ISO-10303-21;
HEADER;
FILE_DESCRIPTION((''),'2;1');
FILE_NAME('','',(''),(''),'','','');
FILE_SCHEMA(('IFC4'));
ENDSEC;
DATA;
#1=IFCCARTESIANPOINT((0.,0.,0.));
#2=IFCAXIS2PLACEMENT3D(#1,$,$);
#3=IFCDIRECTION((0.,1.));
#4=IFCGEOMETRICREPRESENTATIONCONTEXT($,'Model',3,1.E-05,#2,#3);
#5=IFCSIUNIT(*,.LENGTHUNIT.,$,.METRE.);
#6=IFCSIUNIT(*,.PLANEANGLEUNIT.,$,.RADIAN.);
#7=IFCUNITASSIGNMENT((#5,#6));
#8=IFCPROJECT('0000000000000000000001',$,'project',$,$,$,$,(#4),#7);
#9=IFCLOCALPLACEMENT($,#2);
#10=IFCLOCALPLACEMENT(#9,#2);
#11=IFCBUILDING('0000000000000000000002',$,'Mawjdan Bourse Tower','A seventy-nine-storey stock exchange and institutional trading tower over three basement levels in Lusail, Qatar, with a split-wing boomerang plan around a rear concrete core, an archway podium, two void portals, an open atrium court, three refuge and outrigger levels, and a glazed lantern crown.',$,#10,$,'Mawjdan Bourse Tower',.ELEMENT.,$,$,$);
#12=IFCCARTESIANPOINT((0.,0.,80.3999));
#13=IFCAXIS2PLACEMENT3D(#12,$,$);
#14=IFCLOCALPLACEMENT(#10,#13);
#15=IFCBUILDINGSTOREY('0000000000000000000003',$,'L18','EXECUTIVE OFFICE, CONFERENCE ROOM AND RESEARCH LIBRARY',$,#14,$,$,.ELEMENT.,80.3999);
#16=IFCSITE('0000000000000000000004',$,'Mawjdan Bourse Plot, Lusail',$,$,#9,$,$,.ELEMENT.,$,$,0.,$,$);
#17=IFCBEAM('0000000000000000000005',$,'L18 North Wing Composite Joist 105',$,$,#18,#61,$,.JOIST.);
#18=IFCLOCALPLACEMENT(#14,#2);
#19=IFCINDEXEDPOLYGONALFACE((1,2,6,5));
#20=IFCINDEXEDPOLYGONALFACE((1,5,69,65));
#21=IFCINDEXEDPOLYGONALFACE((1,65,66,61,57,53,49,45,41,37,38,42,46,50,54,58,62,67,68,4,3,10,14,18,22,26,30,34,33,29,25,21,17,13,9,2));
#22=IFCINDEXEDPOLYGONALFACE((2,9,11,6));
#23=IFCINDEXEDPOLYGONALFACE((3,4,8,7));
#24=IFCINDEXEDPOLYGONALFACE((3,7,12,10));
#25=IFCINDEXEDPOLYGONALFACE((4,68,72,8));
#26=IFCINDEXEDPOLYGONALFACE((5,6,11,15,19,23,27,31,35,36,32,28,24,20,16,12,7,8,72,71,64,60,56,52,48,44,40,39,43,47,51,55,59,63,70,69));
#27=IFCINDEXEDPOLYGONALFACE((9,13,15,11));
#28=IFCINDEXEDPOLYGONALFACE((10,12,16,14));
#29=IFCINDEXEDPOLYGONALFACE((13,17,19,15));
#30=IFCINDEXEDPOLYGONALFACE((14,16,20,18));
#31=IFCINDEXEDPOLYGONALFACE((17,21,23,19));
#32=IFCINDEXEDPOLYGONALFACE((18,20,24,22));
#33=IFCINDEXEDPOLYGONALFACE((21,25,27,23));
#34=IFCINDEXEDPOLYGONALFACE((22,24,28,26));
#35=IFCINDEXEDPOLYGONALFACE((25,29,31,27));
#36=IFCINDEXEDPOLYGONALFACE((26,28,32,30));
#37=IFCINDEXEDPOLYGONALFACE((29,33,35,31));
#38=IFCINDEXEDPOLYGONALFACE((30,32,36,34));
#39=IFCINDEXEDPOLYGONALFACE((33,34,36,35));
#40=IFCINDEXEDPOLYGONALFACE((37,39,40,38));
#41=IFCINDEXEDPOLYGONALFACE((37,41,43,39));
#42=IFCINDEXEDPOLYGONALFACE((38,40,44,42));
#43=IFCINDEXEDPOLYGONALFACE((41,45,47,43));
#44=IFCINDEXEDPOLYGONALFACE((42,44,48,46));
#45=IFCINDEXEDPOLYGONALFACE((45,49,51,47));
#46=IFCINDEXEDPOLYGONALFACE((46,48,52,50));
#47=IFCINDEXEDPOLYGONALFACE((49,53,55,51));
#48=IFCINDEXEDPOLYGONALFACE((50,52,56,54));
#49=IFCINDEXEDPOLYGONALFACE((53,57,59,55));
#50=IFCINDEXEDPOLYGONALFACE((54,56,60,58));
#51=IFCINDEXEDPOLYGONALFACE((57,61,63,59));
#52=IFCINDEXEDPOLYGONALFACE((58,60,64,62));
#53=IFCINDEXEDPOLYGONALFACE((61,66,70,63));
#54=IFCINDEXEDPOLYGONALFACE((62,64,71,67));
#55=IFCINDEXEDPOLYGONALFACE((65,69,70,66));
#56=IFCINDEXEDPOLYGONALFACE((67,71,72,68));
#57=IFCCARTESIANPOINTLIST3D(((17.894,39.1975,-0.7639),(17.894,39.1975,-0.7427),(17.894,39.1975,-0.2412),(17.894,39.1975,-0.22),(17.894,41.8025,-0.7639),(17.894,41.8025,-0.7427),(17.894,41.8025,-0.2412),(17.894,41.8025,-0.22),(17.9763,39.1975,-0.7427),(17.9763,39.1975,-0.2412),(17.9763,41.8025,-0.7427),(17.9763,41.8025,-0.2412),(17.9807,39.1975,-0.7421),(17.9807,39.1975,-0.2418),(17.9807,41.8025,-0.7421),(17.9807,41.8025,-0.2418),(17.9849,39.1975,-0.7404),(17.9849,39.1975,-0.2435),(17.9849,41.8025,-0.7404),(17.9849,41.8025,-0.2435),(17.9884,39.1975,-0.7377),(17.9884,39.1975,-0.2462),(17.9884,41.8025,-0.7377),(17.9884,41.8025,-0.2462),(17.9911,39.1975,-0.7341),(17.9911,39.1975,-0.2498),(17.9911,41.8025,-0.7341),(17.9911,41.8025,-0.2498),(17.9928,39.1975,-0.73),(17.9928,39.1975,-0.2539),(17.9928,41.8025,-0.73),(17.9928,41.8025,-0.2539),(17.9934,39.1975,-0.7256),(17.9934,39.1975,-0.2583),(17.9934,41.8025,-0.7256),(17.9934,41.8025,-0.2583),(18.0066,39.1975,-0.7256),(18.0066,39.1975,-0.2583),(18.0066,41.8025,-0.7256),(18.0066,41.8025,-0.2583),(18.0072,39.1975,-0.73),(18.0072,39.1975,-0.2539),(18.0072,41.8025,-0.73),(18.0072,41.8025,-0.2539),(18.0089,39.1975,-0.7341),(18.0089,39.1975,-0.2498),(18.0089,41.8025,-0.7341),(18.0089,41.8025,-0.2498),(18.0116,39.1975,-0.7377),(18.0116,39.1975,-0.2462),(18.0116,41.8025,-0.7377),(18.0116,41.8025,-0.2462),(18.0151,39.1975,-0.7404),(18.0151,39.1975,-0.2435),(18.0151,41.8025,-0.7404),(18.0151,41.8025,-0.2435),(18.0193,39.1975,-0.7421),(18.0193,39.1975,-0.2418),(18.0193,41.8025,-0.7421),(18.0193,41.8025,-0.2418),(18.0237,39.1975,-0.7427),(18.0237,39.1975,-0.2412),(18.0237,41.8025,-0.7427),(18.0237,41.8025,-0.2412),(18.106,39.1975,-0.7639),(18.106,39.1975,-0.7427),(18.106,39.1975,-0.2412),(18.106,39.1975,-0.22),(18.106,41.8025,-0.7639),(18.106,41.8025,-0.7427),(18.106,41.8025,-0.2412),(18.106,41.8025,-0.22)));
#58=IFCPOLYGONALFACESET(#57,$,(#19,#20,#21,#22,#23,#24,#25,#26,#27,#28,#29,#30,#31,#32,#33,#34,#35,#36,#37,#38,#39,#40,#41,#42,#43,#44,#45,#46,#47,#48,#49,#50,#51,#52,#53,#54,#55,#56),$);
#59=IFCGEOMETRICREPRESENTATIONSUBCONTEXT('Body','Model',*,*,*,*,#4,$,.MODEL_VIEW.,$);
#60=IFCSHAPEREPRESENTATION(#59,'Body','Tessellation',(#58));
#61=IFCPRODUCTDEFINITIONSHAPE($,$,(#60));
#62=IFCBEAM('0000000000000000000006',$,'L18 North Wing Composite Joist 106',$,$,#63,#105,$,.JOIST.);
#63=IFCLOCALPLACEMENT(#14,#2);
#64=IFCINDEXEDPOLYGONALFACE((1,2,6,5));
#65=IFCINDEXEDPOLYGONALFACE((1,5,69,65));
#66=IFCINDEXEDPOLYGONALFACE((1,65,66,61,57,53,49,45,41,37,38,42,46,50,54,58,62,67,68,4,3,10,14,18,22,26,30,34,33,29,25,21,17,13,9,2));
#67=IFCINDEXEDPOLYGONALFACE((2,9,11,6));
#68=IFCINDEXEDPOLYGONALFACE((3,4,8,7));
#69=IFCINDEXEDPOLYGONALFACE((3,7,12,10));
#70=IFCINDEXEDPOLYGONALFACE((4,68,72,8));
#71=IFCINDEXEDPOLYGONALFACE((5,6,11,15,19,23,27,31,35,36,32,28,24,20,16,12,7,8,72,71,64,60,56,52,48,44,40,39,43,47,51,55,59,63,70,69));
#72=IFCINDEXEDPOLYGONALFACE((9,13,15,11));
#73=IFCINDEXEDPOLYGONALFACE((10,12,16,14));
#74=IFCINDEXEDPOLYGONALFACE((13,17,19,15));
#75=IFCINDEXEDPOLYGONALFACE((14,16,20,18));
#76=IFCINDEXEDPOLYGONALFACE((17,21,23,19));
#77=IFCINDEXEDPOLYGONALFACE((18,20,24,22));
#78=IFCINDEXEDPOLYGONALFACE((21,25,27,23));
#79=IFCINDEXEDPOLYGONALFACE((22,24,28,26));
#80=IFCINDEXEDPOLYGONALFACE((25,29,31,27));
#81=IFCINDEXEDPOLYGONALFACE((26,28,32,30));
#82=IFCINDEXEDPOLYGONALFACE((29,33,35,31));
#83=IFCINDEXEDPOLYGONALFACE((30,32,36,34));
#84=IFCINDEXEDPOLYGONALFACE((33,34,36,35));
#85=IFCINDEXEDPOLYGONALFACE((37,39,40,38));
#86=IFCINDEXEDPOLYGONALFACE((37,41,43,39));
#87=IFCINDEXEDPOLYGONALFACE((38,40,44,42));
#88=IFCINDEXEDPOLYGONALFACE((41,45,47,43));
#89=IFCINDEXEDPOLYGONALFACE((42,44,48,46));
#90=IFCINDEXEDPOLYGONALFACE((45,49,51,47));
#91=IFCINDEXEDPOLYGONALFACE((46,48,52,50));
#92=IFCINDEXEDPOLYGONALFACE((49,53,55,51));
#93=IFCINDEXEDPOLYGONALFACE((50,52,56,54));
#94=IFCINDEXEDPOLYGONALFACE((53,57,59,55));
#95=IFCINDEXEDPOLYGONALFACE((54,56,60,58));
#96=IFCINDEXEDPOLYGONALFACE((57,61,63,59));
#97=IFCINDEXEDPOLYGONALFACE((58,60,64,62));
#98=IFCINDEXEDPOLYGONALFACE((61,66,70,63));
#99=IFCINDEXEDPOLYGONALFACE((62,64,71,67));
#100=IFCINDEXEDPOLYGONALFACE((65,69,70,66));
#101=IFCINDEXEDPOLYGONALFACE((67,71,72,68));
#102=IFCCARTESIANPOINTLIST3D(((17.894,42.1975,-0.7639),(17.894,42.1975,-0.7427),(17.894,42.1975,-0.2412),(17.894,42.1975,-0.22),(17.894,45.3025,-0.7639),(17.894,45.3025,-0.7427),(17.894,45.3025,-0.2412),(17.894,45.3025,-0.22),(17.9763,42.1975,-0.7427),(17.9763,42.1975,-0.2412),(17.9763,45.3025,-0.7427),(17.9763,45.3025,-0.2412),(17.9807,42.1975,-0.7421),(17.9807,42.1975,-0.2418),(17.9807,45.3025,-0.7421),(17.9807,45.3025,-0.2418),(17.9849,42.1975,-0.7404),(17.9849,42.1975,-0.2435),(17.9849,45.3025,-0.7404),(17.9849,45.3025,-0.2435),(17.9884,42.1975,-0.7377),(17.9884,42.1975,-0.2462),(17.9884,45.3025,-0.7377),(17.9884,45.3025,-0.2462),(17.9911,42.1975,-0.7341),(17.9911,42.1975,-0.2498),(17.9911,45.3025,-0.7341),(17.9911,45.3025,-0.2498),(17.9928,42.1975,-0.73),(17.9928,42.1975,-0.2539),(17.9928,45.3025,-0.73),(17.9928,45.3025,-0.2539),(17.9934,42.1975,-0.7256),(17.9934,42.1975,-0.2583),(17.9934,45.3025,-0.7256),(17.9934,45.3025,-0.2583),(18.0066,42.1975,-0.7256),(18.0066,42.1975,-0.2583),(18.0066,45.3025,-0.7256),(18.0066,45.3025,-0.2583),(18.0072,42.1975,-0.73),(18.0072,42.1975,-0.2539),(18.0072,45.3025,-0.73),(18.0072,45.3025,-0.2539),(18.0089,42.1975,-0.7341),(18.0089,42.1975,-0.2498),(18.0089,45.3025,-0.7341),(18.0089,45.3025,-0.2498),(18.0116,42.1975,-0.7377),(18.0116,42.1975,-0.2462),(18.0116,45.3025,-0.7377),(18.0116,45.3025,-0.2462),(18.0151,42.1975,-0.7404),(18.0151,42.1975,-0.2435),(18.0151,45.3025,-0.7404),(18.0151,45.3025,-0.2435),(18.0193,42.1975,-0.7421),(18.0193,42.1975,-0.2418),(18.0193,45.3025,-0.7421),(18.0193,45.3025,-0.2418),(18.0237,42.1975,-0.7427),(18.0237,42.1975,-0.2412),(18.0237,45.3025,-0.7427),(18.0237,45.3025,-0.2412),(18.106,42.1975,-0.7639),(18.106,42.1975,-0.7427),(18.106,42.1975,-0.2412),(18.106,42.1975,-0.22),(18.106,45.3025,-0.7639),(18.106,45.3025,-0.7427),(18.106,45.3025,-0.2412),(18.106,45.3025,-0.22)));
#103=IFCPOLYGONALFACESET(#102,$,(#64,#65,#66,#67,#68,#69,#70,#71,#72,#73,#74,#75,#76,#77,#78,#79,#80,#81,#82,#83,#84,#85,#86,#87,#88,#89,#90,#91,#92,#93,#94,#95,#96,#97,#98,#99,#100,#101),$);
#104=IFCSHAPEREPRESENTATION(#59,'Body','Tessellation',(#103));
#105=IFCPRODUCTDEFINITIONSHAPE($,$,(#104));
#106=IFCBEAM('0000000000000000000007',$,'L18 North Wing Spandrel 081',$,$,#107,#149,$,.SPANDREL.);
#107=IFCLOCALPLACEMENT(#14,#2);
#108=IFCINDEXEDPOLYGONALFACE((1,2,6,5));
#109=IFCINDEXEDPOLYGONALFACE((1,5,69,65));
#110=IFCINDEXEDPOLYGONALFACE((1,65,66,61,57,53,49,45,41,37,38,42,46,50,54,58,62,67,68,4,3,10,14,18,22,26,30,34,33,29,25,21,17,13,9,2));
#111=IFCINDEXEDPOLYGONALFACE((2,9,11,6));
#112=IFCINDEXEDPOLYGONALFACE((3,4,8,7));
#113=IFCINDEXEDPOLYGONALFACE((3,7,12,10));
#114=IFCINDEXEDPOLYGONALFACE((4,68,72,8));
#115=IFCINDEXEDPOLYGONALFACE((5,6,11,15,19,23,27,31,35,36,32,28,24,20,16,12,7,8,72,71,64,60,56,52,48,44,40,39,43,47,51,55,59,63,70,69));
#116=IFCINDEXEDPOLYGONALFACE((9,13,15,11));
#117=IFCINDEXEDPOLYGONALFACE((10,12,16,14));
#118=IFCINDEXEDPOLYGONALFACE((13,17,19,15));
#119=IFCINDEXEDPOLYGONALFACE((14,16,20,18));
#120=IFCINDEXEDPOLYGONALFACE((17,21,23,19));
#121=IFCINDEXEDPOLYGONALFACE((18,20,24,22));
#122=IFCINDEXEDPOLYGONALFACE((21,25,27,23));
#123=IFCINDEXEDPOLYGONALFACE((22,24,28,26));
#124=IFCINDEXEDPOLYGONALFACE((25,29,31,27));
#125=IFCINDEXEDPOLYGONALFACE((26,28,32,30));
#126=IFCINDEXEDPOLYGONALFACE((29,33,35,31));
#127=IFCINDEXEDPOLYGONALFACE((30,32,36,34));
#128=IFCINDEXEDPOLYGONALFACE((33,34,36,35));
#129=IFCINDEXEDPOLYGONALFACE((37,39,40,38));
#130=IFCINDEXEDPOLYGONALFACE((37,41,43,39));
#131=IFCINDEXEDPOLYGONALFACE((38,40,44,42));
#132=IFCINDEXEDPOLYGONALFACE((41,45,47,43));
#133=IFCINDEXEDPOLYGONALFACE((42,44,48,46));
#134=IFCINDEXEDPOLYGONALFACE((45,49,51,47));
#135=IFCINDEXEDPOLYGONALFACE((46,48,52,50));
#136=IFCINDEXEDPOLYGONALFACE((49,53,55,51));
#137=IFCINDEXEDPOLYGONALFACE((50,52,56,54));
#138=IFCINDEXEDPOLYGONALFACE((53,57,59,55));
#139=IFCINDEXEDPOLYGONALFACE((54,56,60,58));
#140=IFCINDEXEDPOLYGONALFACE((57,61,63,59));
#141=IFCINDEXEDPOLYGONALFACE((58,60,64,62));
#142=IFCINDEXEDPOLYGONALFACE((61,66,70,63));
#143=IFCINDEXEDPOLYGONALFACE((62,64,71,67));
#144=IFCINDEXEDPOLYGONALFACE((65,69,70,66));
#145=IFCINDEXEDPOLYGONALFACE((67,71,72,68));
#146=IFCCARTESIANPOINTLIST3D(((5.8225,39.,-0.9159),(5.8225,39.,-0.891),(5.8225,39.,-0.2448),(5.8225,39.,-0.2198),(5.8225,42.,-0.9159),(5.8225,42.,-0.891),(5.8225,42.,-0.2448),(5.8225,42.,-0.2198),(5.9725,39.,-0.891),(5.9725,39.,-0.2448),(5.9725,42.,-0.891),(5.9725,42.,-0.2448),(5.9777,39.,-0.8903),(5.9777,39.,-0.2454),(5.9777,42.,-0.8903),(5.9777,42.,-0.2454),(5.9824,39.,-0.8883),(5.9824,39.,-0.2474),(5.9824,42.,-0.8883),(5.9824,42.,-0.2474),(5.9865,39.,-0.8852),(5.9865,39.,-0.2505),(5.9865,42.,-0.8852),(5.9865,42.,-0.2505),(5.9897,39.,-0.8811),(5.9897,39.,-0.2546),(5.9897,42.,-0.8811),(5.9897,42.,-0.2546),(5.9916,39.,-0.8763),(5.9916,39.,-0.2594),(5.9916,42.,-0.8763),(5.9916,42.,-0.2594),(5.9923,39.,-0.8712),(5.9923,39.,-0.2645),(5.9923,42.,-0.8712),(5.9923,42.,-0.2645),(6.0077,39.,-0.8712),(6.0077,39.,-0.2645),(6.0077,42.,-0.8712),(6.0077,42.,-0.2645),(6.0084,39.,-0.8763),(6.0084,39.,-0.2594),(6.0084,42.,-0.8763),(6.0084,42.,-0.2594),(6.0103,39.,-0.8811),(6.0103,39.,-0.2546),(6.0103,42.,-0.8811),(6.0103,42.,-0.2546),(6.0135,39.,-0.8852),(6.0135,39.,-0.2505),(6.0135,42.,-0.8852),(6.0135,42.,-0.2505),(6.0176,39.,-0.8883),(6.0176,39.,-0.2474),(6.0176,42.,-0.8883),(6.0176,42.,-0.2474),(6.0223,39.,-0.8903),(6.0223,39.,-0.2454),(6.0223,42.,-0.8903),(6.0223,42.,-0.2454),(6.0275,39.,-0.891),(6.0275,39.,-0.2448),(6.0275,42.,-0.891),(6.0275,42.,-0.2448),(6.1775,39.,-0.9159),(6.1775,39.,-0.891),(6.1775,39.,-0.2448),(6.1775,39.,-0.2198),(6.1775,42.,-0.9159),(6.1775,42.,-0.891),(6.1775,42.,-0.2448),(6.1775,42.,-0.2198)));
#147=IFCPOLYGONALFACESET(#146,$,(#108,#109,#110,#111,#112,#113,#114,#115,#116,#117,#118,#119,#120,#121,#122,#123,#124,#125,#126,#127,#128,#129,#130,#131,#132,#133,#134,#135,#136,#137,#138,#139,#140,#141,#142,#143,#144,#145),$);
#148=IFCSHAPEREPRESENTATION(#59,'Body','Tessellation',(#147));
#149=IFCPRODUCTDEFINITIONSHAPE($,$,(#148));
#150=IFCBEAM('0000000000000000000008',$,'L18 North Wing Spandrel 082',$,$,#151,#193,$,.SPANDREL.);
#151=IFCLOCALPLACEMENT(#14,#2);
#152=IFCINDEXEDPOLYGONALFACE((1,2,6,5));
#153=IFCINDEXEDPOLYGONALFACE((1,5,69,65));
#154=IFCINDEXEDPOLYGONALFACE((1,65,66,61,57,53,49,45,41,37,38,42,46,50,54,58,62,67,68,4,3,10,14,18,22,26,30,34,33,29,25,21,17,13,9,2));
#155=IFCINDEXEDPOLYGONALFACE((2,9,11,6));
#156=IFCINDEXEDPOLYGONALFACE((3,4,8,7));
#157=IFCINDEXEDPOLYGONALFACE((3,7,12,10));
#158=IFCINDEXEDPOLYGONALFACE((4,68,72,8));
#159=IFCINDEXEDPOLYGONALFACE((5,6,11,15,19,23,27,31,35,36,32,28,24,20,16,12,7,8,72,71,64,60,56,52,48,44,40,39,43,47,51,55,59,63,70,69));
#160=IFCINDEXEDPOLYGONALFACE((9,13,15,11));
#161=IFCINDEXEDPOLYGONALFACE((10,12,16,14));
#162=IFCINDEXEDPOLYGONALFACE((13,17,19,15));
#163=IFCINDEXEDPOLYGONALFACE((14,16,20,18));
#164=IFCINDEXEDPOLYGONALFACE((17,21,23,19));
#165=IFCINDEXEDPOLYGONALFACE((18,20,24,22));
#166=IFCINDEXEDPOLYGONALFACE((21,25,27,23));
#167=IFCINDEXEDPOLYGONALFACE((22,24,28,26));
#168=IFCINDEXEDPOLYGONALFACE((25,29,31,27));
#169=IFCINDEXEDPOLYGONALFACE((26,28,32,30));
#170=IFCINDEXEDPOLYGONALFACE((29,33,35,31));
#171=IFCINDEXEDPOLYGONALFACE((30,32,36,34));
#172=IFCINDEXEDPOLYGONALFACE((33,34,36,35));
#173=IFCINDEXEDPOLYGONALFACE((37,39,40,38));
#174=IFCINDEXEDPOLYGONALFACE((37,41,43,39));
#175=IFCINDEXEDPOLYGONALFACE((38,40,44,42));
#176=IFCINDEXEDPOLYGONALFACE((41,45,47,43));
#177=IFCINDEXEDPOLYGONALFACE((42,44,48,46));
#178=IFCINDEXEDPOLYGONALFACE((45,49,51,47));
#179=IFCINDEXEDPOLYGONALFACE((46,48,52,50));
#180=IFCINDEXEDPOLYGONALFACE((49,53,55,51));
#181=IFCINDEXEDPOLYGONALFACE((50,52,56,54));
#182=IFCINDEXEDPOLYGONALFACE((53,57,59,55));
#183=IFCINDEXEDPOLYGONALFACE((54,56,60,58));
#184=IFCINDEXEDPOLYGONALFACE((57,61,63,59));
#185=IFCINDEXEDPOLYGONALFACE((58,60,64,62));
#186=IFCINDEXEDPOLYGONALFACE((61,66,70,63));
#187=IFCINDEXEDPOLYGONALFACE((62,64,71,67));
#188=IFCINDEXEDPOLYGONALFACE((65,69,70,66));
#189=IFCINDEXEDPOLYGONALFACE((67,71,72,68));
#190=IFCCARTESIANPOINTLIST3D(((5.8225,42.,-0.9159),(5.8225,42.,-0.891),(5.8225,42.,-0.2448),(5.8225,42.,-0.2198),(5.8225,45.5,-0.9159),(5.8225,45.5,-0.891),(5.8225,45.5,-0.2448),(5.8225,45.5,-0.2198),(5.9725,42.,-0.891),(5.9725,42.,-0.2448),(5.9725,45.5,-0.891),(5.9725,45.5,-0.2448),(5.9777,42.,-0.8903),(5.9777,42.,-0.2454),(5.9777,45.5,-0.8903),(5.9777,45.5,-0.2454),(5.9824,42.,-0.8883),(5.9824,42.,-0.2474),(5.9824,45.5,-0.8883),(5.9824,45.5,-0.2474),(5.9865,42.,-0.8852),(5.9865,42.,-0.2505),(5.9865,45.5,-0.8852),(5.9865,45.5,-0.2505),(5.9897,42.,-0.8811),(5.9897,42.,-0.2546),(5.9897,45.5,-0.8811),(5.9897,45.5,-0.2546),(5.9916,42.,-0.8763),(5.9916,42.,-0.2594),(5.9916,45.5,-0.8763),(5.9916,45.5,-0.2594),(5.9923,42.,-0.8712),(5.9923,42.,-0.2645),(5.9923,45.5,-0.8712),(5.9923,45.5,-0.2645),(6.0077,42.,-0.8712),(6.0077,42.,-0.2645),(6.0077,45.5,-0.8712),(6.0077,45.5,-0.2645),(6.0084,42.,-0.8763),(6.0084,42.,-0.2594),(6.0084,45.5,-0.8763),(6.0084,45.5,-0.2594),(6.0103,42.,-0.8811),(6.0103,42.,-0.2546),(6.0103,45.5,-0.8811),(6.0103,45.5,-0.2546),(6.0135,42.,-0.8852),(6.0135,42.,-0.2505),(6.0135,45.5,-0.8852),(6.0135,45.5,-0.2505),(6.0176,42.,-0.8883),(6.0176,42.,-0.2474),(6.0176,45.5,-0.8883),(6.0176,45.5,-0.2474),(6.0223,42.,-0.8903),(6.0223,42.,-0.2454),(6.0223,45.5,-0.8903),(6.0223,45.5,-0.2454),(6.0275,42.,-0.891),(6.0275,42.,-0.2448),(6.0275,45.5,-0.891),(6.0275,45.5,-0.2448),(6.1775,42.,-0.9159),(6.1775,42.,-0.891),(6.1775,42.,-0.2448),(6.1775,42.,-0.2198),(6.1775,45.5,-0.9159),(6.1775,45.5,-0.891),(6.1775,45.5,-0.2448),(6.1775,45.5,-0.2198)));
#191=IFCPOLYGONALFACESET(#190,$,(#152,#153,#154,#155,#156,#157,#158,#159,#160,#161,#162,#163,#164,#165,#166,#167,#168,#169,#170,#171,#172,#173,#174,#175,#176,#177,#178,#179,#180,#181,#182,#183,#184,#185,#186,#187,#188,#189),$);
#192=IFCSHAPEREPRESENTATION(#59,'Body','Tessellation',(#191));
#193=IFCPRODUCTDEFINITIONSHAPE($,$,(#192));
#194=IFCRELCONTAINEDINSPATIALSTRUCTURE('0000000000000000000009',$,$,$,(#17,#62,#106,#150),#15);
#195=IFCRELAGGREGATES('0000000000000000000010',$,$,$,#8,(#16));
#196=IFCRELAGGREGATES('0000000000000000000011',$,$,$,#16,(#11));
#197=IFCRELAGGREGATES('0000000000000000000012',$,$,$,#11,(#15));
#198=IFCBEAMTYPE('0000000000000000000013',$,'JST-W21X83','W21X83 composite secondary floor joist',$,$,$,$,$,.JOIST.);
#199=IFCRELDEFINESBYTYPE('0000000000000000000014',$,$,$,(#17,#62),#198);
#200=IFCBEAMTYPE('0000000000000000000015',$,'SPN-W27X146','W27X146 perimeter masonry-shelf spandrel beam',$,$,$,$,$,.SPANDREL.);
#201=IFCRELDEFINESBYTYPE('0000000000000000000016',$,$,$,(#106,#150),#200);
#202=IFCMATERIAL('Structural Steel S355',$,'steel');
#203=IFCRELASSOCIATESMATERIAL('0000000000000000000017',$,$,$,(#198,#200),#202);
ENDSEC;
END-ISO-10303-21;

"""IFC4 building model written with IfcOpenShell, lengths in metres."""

from ifc_helpers import new_model, si_unit, direction, frame, origin, origin_2d, place, context, subcontext, project, spatial, i_section, extrude, material, material_profile, profile_set, type_object, element, save


model = new_model("IFC4")

# Units and contexts
model_context = context("Model", 3, precision=1e-05, world=origin(), true_north=direction((0.0, 1.0)))
body_context = subcontext(model_context, "Body", "Model", "MODEL_VIEW")
ifc_project = project(units=[si_unit("LENGTHUNIT", "METRE"), si_unit("PLANEANGLEUNIT", "RADIAN")], contexts=[model_context])

# Site, building, storey
site_placement = place(None, origin())
site = spatial("IfcSite", under=ifc_project, at=site_placement, Name="Mawjdan Bourse Plot, Lusail", CompositionType="ELEMENT", RefElevation=0.0)
building_placement = place(site_placement, origin())
building = spatial("IfcBuilding", under=site, at=building_placement, Name="Mawjdan Bourse Tower", Description="A seventy-nine-storey stock exchange and institutional trading tower over three basement levels in Lusail, Qatar, with a split-wing boomerang plan around a rear concrete core, an archway podium, two void portals, an open atrium court, three refuge and outrigger levels, and a glazed lantern crown.", LongName="Mawjdan Bourse Tower", CompositionType="ELEMENT")
storey_placement = place(building_placement, frame((0.0, 0.0, 80.3999)))
storey = spatial("IfcBuildingStorey", under=building, at=storey_placement, Name="L18", Description="EXECUTIVE OFFICE, CONFERENCE ROOM AND RESEARCH LIBRARY", CompositionType="ELEMENT", Elevation=80.3999)

# Beams
ifc_material_1 = material(Name="Structural Steel S355", Category="steel")
ifc_material_profile_1 = material_profile(ifc_material_1, i_section(OverallWidth=0.2119, OverallDepth=0.5439, WebThickness=0.0132, FlangeThickness=0.0212, FilletRadius=0.0171, at=origin_2d()), Name="W21X83")
ifc_profile_set_1 = profile_set([ifc_material_profile_1], Name="Structural Steel S355")
beam_type_1 = type_object("IfcBeamType", Name="JST-W21X83", Description="W21X83 composite secondary floor joist", PredefinedType="JOIST", material=ifc_profile_set_1)
beam_1_placement = place(storey_placement, frame((18.0, 39.1975, -0.4919), z_axis=(0.0, 1.0, 0.0), x_axis=(-1.0, 0.0, 0.0)))
element("IfcBeam", 1, at=beam_1_placement, inside=storey, type_object=beam_type_1, Name="L18 North Wing Composite Joist 105", PredefinedType="JOIST", context=body_context, shape_type="SweptSolid", body=[
    extrude(i_section(OverallWidth=0.2119, OverallDepth=0.5439, WebThickness=0.0132, FlangeThickness=0.0212, FilletRadius=0.0171, at=origin_2d()), origin(), (0.0, 0.0, 1.0), 2.605),
])
beam_2_placement = place(storey_placement, frame((18.0, 42.1975, -0.4919), z_axis=(0.0, 1.0, 0.0), x_axis=(-1.0, 0.0, 0.0)))
element("IfcBeam", 2, at=beam_2_placement, inside=storey, type_object=beam_type_1, Name="L18 North Wing Composite Joist 106", PredefinedType="JOIST", context=body_context, shape_type="SweptSolid", body=[
    extrude(i_section(OverallWidth=0.2119, OverallDepth=0.5439, WebThickness=0.0132, FlangeThickness=0.0212, FilletRadius=0.0171, at=origin_2d()), origin(), (0.0, 0.0, 1.0), 3.105),
])
ifc_material_profile_2 = material_profile(ifc_material_1, i_section(OverallWidth=0.355, OverallDepth=0.696, WebThickness=0.0154, FlangeThickness=0.0249, FilletRadius=0.0198, at=origin_2d()), Name="W27X146")
ifc_profile_set_2 = profile_set([ifc_material_profile_2], Name="Structural Steel S355")
beam_type_2 = type_object("IfcBeamType", Name="SPN-W27X146", Description="W27X146 perimeter masonry-shelf spandrel beam", PredefinedType="SPANDREL", material=ifc_profile_set_2)
beam_3_placement = place(storey_placement, frame((6.0, 39.0, -0.5679), z_axis=(0.0, 1.0, 0.0), x_axis=(-1.0, 0.0, 0.0)))
element("IfcBeam", 3, at=beam_3_placement, inside=storey, type_object=beam_type_2, Name="L18 North Wing Spandrel 081", PredefinedType="SPANDREL", context=body_context, shape_type="SweptSolid", body=[
    extrude(i_section(OverallWidth=0.355, OverallDepth=0.696, WebThickness=0.0154, FlangeThickness=0.0249, FilletRadius=0.0198, at=origin_2d()), origin(), (0.0, 0.0, 1.0), 3.0),
])
beam_4_placement = place(storey_placement, frame((6.0, 42.0, -0.5679), z_axis=(0.0, 1.0, 0.0), x_axis=(-1.0, 0.0, 0.0)))
element("IfcBeam", 4, at=beam_4_placement, inside=storey, type_object=beam_type_2, Name="L18 North Wing Spandrel 082", PredefinedType="SPANDREL", context=body_context, shape_type="SweptSolid", body=[
    extrude(i_section(OverallWidth=0.355, OverallDepth=0.696, WebThickness=0.0154, FlangeThickness=0.0249, FilletRadius=0.0198, at=origin_2d()), origin(), (0.0, 0.0, 1.0), 3.5),
])

save(model, "model.ifc")
